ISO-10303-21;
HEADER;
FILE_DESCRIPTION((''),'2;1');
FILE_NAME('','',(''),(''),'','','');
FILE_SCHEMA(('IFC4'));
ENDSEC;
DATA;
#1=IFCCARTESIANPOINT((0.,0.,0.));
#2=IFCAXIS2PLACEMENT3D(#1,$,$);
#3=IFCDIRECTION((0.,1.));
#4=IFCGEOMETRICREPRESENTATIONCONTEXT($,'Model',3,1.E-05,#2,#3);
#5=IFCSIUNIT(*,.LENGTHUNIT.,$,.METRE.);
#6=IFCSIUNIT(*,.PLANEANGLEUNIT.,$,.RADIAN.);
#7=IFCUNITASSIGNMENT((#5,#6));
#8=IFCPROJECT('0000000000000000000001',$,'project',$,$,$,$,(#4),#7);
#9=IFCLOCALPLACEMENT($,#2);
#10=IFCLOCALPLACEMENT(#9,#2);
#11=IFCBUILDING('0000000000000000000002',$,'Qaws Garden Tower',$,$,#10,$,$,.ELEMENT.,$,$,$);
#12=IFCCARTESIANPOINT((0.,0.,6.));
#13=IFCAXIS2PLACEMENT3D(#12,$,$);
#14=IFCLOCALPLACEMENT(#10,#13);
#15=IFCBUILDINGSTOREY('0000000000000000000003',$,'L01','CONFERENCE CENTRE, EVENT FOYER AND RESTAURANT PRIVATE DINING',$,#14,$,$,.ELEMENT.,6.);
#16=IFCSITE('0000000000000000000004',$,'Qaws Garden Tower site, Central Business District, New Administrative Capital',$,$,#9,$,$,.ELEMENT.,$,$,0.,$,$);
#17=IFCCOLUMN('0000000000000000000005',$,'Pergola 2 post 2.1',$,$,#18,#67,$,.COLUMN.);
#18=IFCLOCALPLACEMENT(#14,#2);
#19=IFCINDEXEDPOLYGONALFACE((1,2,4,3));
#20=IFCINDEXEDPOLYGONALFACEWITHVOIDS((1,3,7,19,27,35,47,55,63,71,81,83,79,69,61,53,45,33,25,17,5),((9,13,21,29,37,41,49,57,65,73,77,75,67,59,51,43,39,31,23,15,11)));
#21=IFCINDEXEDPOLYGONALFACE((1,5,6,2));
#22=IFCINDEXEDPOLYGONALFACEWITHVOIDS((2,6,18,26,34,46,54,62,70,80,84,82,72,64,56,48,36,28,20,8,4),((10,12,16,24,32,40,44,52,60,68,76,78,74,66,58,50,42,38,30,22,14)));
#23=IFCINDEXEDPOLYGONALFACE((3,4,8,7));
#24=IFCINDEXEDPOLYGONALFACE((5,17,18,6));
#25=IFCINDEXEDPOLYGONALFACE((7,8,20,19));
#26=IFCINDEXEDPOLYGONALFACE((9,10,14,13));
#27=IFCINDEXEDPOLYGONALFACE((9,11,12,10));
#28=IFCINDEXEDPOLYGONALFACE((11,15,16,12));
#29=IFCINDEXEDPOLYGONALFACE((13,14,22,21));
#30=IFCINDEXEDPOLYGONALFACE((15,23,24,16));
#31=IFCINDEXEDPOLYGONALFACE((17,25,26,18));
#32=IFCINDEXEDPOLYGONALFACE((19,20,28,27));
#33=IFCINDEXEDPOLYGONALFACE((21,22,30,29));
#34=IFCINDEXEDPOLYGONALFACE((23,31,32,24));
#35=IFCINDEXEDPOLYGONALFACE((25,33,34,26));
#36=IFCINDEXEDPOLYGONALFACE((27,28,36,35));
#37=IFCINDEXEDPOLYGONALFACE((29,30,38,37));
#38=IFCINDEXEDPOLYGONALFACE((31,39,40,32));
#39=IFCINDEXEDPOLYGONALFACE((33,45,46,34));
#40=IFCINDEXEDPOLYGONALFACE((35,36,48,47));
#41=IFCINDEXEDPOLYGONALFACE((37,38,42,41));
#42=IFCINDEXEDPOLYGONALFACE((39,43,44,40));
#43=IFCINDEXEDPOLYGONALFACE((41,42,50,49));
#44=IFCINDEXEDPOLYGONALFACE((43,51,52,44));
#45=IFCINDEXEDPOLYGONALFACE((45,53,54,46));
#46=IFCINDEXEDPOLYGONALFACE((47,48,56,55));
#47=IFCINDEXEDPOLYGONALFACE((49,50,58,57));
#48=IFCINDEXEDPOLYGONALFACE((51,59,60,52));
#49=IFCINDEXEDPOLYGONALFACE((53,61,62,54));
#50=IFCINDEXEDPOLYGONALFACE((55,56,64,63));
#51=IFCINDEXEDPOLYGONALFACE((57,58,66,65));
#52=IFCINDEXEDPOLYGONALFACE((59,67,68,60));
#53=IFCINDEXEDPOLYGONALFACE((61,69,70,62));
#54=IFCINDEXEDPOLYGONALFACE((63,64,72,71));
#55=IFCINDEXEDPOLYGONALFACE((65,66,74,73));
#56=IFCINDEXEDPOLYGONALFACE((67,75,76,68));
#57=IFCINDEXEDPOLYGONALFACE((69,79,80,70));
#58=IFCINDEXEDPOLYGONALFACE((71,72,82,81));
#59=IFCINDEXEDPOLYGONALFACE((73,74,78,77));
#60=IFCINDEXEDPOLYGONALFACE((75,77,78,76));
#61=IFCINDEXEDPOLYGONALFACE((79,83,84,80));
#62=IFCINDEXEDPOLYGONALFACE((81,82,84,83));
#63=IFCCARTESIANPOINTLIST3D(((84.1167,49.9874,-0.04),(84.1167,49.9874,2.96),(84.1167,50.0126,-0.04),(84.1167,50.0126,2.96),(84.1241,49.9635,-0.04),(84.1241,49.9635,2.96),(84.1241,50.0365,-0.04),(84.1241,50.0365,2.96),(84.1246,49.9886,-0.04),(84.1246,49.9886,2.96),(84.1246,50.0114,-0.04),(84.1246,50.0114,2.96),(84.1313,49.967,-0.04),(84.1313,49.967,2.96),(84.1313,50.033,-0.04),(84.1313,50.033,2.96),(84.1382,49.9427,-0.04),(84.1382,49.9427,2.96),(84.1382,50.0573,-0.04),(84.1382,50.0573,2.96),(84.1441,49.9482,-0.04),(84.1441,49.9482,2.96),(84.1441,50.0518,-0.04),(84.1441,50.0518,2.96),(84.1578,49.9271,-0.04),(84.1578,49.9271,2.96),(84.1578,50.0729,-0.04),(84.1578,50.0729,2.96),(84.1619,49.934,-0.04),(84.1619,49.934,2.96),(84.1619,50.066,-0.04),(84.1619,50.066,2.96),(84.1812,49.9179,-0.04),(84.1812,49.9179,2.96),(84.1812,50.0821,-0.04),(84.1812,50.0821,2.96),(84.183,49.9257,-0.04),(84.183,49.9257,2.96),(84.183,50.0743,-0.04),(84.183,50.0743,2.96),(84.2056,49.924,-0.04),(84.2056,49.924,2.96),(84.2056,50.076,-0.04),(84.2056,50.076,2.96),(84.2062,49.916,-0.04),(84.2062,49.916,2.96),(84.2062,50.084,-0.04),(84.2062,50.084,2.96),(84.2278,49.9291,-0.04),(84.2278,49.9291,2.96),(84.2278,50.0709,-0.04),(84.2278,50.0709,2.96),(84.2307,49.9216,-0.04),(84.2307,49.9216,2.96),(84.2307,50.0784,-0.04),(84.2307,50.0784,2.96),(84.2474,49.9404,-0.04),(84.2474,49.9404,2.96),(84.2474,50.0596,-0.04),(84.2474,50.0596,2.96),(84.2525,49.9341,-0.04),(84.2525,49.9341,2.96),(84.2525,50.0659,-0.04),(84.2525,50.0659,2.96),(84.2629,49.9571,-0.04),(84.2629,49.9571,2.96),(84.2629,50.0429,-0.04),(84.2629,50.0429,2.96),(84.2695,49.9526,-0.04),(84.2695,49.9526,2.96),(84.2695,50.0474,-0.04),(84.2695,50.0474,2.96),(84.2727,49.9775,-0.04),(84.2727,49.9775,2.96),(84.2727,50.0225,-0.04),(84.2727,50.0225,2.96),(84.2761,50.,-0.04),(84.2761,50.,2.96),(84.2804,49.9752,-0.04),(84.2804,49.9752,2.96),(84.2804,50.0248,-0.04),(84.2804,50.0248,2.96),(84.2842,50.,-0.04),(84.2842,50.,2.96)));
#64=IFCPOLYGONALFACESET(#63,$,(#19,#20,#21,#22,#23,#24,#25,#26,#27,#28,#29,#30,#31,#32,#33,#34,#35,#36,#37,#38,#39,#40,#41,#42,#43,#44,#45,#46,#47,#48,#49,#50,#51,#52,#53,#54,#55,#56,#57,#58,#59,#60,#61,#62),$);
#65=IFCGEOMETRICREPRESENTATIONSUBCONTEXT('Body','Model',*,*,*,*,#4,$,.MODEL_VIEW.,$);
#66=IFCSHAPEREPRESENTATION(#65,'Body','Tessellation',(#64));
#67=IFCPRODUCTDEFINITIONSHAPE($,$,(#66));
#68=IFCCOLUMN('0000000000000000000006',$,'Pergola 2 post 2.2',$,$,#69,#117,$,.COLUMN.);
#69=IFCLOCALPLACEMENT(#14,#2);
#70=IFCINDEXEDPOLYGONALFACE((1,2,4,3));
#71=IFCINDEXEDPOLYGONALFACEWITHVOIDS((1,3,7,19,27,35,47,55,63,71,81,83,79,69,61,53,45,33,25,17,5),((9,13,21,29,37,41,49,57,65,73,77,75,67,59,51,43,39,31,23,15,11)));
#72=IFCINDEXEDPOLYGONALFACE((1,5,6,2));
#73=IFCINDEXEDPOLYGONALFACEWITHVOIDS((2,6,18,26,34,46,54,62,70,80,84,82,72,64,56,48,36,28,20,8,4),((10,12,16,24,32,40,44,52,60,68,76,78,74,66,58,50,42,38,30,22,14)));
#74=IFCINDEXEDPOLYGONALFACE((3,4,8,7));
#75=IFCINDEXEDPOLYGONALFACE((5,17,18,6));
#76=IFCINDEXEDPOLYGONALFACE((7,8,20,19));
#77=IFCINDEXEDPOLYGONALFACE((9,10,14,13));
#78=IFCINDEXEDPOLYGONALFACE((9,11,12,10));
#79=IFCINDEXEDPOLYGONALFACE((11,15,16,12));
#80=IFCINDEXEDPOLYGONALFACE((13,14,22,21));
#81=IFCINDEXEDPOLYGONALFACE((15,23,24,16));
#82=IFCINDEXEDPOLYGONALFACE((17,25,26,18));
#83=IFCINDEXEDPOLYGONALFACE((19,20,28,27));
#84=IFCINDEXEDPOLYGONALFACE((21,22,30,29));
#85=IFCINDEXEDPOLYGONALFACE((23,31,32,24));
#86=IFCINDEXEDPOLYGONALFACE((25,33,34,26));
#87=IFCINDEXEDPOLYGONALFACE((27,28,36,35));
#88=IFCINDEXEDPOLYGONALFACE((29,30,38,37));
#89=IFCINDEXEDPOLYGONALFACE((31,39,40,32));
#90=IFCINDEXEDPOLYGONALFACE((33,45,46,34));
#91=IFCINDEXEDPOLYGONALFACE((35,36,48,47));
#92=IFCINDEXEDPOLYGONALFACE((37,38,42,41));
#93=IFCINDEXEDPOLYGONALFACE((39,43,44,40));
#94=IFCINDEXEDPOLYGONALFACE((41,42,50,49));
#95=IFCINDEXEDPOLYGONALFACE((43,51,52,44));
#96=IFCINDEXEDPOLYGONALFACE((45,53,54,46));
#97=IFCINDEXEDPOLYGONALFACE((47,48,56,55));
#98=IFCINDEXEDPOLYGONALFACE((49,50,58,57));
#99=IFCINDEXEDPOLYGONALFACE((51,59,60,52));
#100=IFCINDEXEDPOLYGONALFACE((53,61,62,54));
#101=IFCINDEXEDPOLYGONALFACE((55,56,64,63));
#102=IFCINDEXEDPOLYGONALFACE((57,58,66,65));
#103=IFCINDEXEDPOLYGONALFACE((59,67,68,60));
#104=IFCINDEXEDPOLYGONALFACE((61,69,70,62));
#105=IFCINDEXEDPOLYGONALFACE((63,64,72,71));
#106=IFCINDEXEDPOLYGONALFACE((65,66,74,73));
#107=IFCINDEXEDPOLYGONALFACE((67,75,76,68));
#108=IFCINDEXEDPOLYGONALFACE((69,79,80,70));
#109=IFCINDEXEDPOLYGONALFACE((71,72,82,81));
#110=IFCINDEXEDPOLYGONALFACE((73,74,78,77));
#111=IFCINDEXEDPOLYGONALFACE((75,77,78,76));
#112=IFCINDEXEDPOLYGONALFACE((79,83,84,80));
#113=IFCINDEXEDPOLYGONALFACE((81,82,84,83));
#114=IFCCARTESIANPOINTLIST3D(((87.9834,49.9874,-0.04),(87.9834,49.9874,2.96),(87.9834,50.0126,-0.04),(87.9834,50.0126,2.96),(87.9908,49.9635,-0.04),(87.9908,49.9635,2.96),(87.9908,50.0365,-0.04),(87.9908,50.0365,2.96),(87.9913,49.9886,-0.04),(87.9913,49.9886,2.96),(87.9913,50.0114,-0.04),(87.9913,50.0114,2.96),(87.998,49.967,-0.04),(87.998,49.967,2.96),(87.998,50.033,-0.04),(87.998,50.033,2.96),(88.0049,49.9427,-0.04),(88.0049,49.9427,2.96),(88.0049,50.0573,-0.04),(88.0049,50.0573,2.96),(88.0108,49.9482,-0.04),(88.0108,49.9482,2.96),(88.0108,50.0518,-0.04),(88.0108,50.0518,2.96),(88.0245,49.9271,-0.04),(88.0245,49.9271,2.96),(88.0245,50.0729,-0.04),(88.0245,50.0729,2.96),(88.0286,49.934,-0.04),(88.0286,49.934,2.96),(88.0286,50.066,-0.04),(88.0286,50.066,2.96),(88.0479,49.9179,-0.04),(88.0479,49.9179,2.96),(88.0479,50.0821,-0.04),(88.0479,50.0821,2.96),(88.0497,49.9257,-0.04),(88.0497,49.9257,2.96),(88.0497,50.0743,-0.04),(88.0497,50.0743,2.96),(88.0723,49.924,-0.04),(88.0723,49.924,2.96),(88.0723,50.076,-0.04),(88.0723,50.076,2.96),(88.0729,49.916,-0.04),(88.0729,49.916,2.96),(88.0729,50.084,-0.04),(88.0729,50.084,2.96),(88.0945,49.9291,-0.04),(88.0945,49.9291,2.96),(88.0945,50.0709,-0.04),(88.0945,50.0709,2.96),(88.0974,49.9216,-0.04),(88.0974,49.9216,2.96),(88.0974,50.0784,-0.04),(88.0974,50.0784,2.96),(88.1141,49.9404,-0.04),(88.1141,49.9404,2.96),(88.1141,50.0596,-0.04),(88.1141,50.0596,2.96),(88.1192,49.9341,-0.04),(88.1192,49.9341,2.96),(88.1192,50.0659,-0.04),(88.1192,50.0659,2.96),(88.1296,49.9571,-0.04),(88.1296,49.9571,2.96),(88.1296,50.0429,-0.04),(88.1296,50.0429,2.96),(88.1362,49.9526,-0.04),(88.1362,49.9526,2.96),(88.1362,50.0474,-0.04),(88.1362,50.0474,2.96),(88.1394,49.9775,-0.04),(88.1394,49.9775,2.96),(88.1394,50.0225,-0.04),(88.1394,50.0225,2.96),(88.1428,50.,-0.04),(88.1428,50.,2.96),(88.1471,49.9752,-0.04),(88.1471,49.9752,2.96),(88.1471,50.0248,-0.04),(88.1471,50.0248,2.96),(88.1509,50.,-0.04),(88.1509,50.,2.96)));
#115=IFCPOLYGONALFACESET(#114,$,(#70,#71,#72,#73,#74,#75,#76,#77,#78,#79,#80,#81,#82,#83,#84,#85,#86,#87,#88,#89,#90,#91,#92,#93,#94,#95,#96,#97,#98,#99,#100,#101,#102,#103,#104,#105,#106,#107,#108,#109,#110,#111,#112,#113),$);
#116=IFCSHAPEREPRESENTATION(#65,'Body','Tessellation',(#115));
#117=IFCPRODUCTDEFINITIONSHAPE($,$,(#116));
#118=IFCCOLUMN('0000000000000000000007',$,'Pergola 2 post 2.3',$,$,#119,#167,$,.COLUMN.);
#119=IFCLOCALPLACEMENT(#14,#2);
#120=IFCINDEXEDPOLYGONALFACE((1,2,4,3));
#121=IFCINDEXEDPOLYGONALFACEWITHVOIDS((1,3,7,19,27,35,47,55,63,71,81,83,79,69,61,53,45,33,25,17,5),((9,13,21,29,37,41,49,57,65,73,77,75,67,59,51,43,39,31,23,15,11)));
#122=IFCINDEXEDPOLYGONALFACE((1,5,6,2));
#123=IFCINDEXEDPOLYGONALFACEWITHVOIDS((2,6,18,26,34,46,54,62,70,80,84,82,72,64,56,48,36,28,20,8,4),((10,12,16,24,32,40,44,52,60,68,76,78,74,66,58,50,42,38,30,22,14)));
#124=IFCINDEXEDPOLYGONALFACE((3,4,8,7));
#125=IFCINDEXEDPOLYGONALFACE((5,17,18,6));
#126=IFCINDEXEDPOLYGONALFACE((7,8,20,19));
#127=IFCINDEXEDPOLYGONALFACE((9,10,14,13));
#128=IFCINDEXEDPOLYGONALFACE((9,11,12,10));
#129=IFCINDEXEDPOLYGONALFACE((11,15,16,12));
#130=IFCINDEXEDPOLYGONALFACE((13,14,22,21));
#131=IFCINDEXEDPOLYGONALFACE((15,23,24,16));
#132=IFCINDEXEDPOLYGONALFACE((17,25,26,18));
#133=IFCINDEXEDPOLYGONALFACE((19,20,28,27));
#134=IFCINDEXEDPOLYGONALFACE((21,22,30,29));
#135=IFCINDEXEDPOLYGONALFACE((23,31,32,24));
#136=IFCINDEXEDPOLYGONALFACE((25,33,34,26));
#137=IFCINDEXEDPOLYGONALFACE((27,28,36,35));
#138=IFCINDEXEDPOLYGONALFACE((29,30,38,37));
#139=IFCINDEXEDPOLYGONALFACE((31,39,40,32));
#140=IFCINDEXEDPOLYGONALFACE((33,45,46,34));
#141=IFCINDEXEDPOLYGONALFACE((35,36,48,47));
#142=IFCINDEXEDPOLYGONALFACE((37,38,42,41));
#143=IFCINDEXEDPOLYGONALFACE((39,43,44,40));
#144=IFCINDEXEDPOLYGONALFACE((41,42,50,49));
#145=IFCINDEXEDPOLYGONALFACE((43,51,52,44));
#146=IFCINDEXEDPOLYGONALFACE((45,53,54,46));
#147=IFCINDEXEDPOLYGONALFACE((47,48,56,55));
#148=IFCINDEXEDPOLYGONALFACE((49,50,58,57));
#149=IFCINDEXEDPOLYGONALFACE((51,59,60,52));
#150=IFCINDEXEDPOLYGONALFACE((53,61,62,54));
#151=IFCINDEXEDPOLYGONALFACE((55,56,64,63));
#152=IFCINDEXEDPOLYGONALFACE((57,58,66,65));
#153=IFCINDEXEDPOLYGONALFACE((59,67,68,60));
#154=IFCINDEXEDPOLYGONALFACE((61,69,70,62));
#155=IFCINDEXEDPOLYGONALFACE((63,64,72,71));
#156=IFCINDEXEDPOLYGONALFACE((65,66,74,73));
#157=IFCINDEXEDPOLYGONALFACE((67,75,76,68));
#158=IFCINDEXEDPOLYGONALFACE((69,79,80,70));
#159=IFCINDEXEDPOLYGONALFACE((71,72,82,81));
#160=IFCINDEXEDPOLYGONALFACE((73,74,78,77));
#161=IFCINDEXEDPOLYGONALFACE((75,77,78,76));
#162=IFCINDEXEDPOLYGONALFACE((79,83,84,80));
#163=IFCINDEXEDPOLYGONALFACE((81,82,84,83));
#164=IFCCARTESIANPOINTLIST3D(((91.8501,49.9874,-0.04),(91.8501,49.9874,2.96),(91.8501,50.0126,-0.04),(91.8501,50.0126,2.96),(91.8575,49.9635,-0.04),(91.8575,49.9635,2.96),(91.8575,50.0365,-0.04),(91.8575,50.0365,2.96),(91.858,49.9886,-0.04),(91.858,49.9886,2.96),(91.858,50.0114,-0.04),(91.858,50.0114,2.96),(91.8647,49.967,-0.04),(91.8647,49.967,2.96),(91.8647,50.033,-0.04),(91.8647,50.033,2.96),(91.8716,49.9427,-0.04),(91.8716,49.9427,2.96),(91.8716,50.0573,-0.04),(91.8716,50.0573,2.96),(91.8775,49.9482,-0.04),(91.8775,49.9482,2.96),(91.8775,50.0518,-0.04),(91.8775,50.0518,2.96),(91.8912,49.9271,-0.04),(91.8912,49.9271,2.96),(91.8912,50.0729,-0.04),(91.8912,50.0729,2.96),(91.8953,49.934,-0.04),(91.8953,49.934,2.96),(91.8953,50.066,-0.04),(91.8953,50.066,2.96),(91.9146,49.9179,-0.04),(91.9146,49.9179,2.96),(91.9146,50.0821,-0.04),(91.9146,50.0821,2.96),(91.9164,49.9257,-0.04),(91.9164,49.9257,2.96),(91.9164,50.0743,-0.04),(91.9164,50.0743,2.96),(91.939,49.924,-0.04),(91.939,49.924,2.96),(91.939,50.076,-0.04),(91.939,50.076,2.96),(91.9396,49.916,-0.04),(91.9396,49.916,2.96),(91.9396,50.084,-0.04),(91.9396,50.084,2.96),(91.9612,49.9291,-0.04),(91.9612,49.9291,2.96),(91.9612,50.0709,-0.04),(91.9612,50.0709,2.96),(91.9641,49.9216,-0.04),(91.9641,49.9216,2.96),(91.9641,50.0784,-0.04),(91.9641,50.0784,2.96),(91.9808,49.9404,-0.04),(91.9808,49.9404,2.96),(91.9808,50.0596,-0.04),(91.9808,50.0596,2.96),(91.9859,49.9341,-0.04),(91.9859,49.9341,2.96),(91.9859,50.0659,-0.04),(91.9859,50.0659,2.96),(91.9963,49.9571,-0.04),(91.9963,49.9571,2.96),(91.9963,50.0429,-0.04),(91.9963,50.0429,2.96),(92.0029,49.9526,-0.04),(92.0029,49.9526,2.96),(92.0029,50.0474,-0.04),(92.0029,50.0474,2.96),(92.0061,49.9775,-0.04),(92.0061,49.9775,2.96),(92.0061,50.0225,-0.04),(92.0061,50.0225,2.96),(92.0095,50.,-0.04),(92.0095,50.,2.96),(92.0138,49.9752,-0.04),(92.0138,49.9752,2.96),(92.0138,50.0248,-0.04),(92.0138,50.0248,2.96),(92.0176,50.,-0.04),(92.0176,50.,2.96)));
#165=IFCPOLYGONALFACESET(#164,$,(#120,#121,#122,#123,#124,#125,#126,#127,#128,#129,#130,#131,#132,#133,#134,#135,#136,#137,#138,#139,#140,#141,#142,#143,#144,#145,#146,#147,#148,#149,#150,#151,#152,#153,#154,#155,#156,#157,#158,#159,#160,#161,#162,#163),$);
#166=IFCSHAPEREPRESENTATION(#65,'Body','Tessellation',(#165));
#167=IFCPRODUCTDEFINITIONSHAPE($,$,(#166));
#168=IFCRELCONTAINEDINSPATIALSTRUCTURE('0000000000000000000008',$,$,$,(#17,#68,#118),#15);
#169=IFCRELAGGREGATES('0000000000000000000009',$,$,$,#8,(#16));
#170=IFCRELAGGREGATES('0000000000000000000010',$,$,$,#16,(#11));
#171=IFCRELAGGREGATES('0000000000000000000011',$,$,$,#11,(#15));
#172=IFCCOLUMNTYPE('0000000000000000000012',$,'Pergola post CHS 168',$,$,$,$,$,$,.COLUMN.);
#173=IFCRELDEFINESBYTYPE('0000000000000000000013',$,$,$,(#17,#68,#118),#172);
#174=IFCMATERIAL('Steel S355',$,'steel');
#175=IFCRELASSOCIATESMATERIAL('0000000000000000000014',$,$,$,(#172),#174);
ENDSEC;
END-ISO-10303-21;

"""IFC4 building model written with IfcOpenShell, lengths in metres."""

from ifc_helpers import new_model, si_unit, direction, frame, origin, origin_2d, place, context, subcontext, project, spatial, hollow_circle, extrude, material, material_profile, profile_set, type_object, element, save


model = new_model("IFC4")

# Units and contexts
model_context = context("Model", 3, precision=1e-05, world=origin(), true_north=direction((0.0, 1.0)))
body_context = subcontext(model_context, "Body", "Model", "MODEL_VIEW")
ifc_project = project(units=[si_unit("LENGTHUNIT", "METRE"), si_unit("PLANEANGLEUNIT", "RADIAN")], contexts=[model_context])

# Site, building, storey
site_placement = place(None, origin())
site = spatial("IfcSite", under=ifc_project, at=site_placement, Name="Qaws Garden Tower site, Central Business District, New Administrative Capital", CompositionType="ELEMENT", RefElevation=0.0)
building_placement = place(site_placement, origin())
building = spatial("IfcBuilding", under=site, at=building_placement, Name="Qaws Garden Tower", CompositionType="ELEMENT")
storey_placement = place(building_placement, frame((0.0, 0.0, 6.0)))
storey = spatial("IfcBuildingStorey", under=building, at=storey_placement, Name="L01", Description="CONFERENCE CENTRE, EVENT FOYER AND RESTAURANT PRIVATE DINING", CompositionType="ELEMENT", Elevation=6.0)

# Columns
ifc_material_1 = material(Name="Steel S355", Category="steel")
ifc_material_profile_1 = material_profile(ifc_material_1, hollow_circle(Radius=0.0842, WallThickness=0.0081, at=origin_2d()), Name="Pergola post CHS 168")
ifc_profile_set_1 = profile_set([ifc_material_profile_1], Name="Steel S355")
column_type = type_object("IfcColumnType", Name="Pergola post CHS 168", PredefinedType="COLUMN", material=ifc_profile_set_1)
for number, where, z_axis, x_axis, name in (
    (1, (84.2, 50.0, -0.04), (0.0, 0.0, 1.0), (1.0, 0.0, 0.0), "Pergola 2 post 2.1"),
    (2, (88.0667, 50.0, -0.04), (0.0, 0.0, 1.0), (1.0, 0.0, 0.0), "Pergola 2 post 2.2"),
    (3, (91.9333, 50.0, -0.04), (0.0, 0.0, 1.0), (1.0, 0.0, 0.0), "Pergola 2 post 2.3"),
):
    element("IfcColumn", number, at=place(storey_placement, frame(where, z_axis=z_axis, x_axis=x_axis)), inside=storey, type_object=column_type, Name=name, PredefinedType="COLUMN", context=body_context, shape_type="SweptSolid", body=[
        extrude(hollow_circle(Radius=0.0842, WallThickness=0.0081, at=origin_2d()), origin(), (0.0, 0.0, 1.0), 3.0),
    ])

save(model, "model.ifc")
